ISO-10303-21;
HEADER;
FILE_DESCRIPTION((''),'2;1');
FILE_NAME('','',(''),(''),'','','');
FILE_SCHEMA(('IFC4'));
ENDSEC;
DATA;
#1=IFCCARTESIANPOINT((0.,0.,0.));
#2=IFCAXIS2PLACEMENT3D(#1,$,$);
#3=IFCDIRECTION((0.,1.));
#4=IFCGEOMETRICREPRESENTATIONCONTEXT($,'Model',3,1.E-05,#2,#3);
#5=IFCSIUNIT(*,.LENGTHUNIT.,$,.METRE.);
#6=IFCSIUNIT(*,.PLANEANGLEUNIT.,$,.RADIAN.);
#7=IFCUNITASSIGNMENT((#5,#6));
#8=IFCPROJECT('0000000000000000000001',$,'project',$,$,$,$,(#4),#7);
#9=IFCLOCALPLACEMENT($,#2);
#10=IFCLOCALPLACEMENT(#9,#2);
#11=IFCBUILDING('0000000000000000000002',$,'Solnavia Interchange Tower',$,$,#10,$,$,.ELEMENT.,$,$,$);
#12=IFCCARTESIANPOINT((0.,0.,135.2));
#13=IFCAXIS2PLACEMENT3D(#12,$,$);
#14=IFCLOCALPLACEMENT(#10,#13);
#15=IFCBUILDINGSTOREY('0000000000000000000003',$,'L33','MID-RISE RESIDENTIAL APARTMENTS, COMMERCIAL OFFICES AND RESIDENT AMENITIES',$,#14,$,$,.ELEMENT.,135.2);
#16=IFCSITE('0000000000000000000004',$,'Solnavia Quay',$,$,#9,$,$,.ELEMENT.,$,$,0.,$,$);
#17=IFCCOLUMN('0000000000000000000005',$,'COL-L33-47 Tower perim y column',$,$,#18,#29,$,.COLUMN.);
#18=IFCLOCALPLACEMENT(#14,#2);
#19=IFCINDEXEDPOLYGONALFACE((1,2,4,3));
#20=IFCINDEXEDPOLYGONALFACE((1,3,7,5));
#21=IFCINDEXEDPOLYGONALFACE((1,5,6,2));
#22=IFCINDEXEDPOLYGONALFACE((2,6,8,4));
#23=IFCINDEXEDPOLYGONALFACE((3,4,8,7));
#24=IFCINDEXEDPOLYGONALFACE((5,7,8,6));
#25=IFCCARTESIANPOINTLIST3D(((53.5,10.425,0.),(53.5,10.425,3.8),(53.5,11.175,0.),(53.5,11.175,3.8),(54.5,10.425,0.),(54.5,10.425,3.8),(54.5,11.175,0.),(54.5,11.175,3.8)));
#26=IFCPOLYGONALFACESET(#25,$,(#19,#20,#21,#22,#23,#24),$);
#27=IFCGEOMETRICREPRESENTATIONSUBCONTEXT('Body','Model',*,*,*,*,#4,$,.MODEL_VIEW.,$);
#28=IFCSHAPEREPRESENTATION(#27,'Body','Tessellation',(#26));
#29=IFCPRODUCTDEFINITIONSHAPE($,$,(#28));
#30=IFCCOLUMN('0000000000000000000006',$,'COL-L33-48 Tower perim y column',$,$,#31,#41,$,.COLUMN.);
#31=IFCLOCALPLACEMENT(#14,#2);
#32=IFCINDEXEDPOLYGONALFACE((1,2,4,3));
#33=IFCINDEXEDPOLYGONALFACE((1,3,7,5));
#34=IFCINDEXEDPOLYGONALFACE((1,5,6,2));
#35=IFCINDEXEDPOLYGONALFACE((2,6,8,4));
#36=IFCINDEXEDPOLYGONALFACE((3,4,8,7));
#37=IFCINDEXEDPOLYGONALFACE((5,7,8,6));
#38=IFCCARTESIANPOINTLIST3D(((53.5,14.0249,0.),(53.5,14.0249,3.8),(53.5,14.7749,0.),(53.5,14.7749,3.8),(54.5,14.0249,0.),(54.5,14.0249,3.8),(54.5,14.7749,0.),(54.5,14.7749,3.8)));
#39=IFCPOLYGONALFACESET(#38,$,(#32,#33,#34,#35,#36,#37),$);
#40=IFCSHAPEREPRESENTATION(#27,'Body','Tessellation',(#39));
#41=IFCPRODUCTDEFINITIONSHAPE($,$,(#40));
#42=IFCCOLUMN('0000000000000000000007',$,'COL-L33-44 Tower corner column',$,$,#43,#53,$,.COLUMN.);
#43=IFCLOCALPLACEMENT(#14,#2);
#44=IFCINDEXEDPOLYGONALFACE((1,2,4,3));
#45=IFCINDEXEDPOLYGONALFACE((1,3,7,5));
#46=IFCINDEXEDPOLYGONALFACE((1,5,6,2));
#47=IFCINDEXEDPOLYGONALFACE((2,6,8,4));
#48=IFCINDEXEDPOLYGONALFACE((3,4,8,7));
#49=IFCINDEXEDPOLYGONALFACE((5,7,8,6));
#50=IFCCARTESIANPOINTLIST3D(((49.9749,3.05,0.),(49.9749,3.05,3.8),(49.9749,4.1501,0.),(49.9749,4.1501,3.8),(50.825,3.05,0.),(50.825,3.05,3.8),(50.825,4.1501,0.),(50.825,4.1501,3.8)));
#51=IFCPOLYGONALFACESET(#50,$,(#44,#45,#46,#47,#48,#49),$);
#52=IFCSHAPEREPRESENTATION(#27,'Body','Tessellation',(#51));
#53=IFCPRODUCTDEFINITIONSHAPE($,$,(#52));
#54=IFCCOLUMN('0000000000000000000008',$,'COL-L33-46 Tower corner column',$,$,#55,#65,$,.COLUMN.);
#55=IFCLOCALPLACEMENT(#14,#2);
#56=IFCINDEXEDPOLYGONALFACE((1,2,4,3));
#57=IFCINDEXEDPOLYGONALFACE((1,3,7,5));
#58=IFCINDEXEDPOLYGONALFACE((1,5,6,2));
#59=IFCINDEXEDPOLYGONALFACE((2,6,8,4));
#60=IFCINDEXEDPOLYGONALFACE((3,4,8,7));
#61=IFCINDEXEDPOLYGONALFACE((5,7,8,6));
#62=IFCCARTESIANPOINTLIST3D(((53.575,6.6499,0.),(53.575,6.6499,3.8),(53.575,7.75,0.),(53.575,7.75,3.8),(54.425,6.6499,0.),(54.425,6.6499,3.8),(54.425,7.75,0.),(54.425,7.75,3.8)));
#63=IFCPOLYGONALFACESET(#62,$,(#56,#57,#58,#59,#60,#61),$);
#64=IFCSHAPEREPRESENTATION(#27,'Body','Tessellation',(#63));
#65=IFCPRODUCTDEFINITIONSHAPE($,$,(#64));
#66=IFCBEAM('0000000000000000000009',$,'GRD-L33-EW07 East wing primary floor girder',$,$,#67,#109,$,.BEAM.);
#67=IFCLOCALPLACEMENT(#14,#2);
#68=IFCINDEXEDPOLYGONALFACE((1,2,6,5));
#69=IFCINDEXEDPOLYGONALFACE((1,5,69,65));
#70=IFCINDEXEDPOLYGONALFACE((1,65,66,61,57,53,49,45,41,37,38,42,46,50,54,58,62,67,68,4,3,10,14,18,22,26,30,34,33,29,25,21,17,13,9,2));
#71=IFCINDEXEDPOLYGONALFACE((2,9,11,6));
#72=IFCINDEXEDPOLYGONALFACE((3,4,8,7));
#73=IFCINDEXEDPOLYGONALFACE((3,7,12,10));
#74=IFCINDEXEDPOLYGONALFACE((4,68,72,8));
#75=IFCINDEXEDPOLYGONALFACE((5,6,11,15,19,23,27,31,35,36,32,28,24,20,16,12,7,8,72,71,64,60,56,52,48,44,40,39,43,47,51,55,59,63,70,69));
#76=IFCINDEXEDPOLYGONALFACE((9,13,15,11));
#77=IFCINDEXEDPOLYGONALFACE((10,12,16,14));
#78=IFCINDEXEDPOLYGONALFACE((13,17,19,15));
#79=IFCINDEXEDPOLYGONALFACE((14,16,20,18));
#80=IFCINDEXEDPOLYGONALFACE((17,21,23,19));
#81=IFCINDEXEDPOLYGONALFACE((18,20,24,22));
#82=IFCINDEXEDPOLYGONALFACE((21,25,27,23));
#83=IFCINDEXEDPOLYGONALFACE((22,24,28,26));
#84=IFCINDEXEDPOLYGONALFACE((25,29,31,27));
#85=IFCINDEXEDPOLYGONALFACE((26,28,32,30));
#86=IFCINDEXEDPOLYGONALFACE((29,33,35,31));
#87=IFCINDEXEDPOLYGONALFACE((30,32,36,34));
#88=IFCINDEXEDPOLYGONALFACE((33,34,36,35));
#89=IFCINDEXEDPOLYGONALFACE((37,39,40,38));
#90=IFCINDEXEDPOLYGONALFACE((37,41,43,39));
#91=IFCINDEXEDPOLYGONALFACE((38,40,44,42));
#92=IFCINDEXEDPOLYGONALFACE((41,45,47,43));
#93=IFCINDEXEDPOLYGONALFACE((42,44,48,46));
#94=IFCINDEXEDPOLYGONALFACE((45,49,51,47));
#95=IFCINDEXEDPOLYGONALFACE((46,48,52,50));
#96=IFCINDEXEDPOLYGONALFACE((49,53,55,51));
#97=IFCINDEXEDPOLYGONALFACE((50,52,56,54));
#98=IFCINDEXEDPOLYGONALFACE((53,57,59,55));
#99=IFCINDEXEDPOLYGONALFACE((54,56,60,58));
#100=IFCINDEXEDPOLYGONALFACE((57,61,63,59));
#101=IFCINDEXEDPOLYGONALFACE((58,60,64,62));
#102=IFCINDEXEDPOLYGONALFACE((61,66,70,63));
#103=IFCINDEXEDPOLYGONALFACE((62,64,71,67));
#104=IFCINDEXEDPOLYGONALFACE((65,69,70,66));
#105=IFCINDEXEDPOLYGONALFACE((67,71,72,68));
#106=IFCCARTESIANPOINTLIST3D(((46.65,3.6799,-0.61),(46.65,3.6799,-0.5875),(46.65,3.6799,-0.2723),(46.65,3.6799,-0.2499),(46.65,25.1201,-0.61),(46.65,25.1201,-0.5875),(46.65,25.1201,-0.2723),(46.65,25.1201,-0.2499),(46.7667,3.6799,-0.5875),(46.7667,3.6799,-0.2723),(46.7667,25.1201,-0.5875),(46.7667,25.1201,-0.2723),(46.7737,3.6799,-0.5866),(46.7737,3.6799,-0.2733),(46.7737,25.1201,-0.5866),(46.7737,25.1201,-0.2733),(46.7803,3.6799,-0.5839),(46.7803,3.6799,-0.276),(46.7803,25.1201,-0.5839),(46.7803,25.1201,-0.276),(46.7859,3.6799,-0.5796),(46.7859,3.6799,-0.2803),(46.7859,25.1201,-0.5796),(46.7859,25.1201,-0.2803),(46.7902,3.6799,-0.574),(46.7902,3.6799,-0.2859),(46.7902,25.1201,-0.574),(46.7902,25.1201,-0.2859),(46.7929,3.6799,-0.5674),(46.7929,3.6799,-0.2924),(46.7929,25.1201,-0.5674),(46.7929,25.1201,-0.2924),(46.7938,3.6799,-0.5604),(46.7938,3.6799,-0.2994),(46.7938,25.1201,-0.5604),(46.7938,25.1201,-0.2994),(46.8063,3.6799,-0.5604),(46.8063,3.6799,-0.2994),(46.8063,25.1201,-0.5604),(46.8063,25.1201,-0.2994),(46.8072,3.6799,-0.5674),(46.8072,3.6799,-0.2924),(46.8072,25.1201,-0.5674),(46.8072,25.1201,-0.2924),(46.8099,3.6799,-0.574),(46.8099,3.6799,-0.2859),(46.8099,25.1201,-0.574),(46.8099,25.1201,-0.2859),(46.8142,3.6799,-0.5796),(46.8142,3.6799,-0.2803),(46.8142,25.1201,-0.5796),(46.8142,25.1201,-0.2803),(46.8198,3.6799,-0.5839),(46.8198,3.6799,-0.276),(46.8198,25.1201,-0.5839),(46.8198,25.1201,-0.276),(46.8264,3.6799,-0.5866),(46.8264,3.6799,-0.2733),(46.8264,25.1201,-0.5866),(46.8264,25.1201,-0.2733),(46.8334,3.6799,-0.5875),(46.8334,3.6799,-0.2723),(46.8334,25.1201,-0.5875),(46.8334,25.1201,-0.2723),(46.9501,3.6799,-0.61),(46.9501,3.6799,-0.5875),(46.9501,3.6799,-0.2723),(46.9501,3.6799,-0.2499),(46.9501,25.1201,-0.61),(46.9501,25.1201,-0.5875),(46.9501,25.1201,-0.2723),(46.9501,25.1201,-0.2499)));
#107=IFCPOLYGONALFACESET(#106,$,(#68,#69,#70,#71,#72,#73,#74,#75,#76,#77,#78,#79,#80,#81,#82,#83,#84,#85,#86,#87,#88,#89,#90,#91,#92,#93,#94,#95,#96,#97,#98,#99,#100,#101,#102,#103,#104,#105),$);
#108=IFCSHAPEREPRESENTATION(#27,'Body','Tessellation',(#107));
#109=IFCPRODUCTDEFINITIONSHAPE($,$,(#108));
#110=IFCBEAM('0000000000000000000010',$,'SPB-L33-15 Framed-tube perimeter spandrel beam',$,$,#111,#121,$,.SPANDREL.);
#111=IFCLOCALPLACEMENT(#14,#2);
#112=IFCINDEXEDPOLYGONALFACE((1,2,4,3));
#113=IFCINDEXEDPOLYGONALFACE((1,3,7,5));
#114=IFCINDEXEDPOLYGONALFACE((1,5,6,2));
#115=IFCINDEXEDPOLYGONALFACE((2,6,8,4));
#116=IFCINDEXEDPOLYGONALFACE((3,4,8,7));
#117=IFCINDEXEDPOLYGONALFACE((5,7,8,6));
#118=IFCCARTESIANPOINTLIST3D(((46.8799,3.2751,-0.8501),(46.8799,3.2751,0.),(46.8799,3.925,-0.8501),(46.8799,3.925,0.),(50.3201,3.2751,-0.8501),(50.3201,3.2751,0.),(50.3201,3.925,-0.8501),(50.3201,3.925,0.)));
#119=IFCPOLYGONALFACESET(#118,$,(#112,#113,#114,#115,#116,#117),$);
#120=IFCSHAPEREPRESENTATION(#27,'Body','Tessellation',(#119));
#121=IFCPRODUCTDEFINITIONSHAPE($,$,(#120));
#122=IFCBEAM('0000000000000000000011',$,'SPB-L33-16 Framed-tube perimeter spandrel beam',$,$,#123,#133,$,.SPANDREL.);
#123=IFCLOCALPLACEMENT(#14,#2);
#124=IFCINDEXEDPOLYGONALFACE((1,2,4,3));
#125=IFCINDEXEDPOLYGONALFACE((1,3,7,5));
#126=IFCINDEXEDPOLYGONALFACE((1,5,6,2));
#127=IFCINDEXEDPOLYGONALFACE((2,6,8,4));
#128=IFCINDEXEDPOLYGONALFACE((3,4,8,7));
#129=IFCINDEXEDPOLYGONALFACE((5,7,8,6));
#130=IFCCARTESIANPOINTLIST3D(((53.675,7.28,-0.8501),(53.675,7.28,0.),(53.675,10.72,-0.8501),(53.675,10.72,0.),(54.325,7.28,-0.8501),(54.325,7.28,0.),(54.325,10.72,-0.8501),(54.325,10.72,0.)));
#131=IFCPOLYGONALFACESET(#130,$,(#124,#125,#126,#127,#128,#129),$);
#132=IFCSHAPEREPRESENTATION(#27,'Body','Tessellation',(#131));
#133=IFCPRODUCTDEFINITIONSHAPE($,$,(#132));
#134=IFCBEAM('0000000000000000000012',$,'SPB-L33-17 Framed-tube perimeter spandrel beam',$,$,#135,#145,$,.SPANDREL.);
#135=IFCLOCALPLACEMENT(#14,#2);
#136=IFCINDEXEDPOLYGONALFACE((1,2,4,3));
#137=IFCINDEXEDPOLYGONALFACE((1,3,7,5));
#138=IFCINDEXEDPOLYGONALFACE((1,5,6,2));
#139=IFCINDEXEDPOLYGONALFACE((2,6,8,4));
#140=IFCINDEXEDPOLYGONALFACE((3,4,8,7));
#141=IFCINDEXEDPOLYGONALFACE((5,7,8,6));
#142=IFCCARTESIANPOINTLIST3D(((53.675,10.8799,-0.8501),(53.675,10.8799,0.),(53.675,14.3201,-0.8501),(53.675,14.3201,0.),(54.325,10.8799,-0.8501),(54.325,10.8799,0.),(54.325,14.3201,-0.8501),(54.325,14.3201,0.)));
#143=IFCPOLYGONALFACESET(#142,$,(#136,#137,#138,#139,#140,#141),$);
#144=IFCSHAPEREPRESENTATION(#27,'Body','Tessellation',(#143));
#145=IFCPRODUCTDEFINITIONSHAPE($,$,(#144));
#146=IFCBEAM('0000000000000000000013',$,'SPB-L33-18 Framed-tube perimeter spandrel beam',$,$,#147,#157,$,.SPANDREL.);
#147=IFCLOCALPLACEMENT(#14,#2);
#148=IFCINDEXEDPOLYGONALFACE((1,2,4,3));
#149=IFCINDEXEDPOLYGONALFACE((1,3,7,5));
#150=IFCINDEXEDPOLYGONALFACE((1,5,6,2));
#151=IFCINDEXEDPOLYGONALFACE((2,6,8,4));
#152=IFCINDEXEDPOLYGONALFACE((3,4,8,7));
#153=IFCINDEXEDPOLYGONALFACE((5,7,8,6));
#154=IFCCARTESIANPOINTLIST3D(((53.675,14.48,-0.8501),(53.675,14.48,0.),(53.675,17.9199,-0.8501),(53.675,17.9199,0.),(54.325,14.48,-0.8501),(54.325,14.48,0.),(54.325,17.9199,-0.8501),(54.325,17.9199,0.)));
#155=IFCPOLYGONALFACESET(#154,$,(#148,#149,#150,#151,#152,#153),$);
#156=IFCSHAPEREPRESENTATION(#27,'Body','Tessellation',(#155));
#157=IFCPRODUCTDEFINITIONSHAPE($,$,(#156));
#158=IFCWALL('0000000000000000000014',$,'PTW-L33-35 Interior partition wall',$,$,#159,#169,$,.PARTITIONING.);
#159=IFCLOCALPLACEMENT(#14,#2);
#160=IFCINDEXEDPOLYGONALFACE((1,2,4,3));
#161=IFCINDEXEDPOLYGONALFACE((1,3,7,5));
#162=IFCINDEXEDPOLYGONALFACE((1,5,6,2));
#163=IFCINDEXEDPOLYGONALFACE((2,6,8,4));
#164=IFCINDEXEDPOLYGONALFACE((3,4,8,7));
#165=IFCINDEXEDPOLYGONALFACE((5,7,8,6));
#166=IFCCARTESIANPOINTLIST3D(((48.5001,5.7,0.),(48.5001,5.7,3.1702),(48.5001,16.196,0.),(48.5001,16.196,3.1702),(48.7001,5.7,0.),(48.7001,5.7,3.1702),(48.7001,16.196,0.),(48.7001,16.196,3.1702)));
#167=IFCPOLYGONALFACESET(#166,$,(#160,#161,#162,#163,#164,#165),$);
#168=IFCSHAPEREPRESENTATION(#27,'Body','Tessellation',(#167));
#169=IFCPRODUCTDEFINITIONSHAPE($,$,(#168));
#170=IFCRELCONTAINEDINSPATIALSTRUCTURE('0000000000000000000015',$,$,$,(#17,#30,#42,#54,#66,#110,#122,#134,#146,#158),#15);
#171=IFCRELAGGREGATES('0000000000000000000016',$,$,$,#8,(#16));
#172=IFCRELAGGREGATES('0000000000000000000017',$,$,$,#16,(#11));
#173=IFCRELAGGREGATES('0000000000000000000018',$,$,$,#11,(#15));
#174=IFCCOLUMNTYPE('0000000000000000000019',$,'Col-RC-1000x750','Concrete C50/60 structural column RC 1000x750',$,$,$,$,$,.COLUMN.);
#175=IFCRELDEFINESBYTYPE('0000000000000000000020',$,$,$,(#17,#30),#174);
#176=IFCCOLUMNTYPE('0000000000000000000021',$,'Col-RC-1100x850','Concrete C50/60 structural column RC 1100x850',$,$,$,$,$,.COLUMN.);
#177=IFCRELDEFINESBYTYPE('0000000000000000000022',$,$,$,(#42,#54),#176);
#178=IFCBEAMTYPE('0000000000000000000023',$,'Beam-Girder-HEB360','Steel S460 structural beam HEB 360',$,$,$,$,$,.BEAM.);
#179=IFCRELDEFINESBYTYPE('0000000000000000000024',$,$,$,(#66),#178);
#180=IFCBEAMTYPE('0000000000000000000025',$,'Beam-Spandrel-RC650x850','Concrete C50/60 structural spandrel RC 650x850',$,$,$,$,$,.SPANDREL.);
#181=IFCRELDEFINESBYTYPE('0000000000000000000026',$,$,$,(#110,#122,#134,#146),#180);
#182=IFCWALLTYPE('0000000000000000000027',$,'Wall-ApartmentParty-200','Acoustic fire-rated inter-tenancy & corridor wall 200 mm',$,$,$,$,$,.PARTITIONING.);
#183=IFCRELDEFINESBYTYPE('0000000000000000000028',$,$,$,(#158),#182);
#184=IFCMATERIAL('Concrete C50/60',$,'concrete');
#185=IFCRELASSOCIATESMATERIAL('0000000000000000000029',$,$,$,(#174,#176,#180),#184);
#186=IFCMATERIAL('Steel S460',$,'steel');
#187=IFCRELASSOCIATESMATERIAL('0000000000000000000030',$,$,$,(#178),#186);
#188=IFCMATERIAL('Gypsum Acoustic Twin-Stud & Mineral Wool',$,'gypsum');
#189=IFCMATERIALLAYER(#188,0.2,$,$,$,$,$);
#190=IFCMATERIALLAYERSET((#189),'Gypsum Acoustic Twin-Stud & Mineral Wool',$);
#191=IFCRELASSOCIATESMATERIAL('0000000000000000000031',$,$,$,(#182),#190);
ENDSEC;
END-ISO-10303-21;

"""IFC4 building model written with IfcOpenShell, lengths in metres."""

from ifc_helpers import new_model, si_unit, direction, frame, frame_2d, origin, origin_2d, place, context, subcontext, project, spatial, rectangle, i_section, extrude, material, layer, layer_set, material_profile, profile_set, type_object, element, save


model = new_model("IFC4")

# Units and contexts
model_context = context("Model", 3, precision=1e-05, world=origin(), true_north=direction((0.0, 1.0)))
body_context = subcontext(model_context, "Body", "Model", "MODEL_VIEW")
ifc_project = project(units=[si_unit("LENGTHUNIT", "METRE"), si_unit("PLANEANGLEUNIT", "RADIAN")], contexts=[model_context])

# Site, building, storey
site_placement = place(None, origin())
site = spatial("IfcSite", under=ifc_project, at=site_placement, Name="Solnavia Quay", CompositionType="ELEMENT", RefElevation=0.0)
building_placement = place(site_placement, origin())
building = spatial("IfcBuilding", under=site, at=building_placement, Name="Solnavia Interchange Tower", CompositionType="ELEMENT")
storey_placement = place(building_placement, frame((0.0, 0.0, 135.2)))
storey = spatial("IfcBuildingStorey", under=building, at=storey_placement, Name="L33", Description="MID-RISE RESIDENTIAL APARTMENTS, COMMERCIAL OFFICES AND RESIDENT AMENITIES", CompositionType="ELEMENT", Elevation=135.2)

# Columns
ifc_material_1 = material(Name="Concrete C50/60", Category="concrete")
ifc_material_profile_1 = material_profile(ifc_material_1, rectangle(XDim=0.75, YDim=1.0, at=origin_2d()), Name="RC 1000x750")
ifc_profile_set_1 = profile_set([ifc_material_profile_1], Name="Concrete C50/60")
column_type_1 = type_object("IfcColumnType", Name="Col-RC-1000x750", Description="Concrete C50/60 structural column RC 1000x750", PredefinedType="COLUMN", material=ifc_profile_set_1)
for number, where, z_axis, x_axis, name in (
    (1, (54.0, 10.8, 0.0), (0.0, 0.0, 1.0), (0.0, 1.0, 0.0), "COL-L33-47 Tower perim y column"),
    (2, (54.0, 14.3999, 0.0), (0.0, 0.0, 1.0), (0.0, 1.0, 0.0), "COL-L33-48 Tower perim y column"),
):
    element("IfcColumn", number, at=place(storey_placement, frame(where, z_axis=z_axis, x_axis=x_axis)), inside=storey, type_object=column_type_1, Name=name, PredefinedType="COLUMN", context=body_context, shape_type="SweptSolid", body=[
        extrude(rectangle(XDim=0.75, YDim=1.0, at=origin_2d()), origin(), (0.0, 0.0, 1.0), 3.8),
    ])
ifc_material_profile_2 = material_profile(ifc_material_1, rectangle(XDim=0.8501, YDim=1.1001, at=origin_2d()), Name="RC 1100x850")
ifc_profile_set_2 = profile_set([ifc_material_profile_2], Name="Concrete C50/60")
column_type_2 = type_object("IfcColumnType", Name="Col-RC-1100x850", Description="Concrete C50/60 structural column RC 1100x850", PredefinedType="COLUMN", material=ifc_profile_set_2)
for number, where, z_axis, x_axis, name in (
    (3, (50.3999, 3.6001, 0.0), (0.0, 0.0, 1.0), (1.0, 0.0, 0.0), "COL-L33-44 Tower corner column"),
    (4, (54.0, 7.2, 0.0), (0.0, 0.0, 1.0), (1.0, 0.0, 0.0), "COL-L33-46 Tower corner column"),
):
    element("IfcColumn", number, at=place(storey_placement, frame(where, z_axis=z_axis, x_axis=x_axis)), inside=storey, type_object=column_type_2, Name=name, PredefinedType="COLUMN", context=body_context, shape_type="SweptSolid", body=[
        extrude(rectangle(XDim=0.8501, YDim=1.1001, at=origin_2d()), origin(), (0.0, 0.0, 1.0), 3.8),
    ])

# Beams
ifc_material_2 = material(Name="Steel S460", Category="steel")
ifc_material_profile_3 = material_profile(ifc_material_2, i_section(OverallWidth=0.3, OverallDepth=0.3601, WebThickness=0.0125, FlangeThickness=0.0225, FilletRadius=0.0271, at=origin_2d()), Name="HEB 360")
ifc_profile_set_3 = profile_set([ifc_material_profile_3], Name="Steel S460")
beam_type_1 = type_object("IfcBeamType", Name="Beam-Girder-HEB360", Description="Steel S460 structural beam HEB 360", PredefinedType="BEAM", material=ifc_profile_set_3)
beam_1_placement = place(storey_placement, frame((46.8, 3.6799, -0.4299), z_axis=(0.0, 1.0, 0.0), x_axis=(-1.0, 0.0, 0.0)))
element("IfcBeam", 5, at=beam_1_placement, inside=storey, type_object=beam_type_1, Name="GRD-L33-EW07 East wing primary floor girder", PredefinedType="BEAM", context=body_context, shape_type="SweptSolid", body=[
    extrude(i_section(OverallWidth=0.3, OverallDepth=0.3601, WebThickness=0.0125, FlangeThickness=0.0225, FilletRadius=0.0271, at=origin_2d()), origin(), (0.0, 0.0, 1.0), 21.4402),
])
ifc_material_profile_4 = material_profile(ifc_material_1, rectangle(XDim=0.6499, YDim=0.8501, at=origin_2d()), Name="RC 650x850")
ifc_profile_set_4 = profile_set([ifc_material_profile_4], Name="Concrete C50/60")
beam_type_2 = type_object("IfcBeamType", Name="Beam-Spandrel-RC650x850", Description="Concrete C50/60 structural spandrel RC 650x850", PredefinedType="SPANDREL", material=ifc_profile_set_4)
beam_2_placement = place(storey_placement, frame((46.8799, 3.6001, -0.425), z_axis=(1.0, 0.0, 0.0), x_axis=(0.0, 1.0, 0.0)))
element("IfcBeam", 6, at=beam_2_placement, inside=storey, type_object=beam_type_2, Name="SPB-L33-15 Framed-tube perimeter spandrel beam", PredefinedType="SPANDREL", context=body_context, shape_type="SweptSolid", body=[
    extrude(rectangle(XDim=0.6499, YDim=0.8501, at=origin_2d()), origin(), (0.0, 0.0, 1.0), 3.4402),
])
beam_3_placement = place(storey_placement, frame((54.0, 7.28, -0.425), z_axis=(0.0, 1.0, 0.0), x_axis=(-1.0, 0.0, 0.0)))
element("IfcBeam", 7, at=beam_3_placement, inside=storey, type_object=beam_type_2, Name="SPB-L33-16 Framed-tube perimeter spandrel beam", PredefinedType="SPANDREL", context=body_context, shape_type="SweptSolid", body=[
    extrude(rectangle(XDim=0.6499, YDim=0.8501, at=origin_2d()), origin(), (0.0, 0.0, 1.0), 3.4399),
])
beam_4_placement = place(storey_placement, frame((54.0, 10.8799, -0.425), z_axis=(0.0, 1.0, 0.0), x_axis=(-1.0, 0.0, 0.0)))
element("IfcBeam", 8, at=beam_4_placement, inside=storey, type_object=beam_type_2, Name="SPB-L33-17 Framed-tube perimeter spandrel beam", PredefinedType="SPANDREL", context=body_context, shape_type="SweptSolid", body=[
    extrude(rectangle(XDim=0.6499, YDim=0.8501, at=origin_2d()), origin(), (0.0, 0.0, 1.0), 3.4402),
])
beam_5_placement = place(storey_placement, frame((54.0, 14.48, -0.425), z_axis=(0.0, 1.0, 0.0), x_axis=(-1.0, 0.0, 0.0)))
element("IfcBeam", 9, at=beam_5_placement, inside=storey, type_object=beam_type_2, Name="SPB-L33-18 Framed-tube perimeter spandrel beam", PredefinedType="SPANDREL", context=body_context, shape_type="SweptSolid", body=[
    extrude(rectangle(XDim=0.6499, YDim=0.8501, at=origin_2d()), origin(), (0.0, 0.0, 1.0), 3.4399),
])

# Wall
ifc_material_3 = material(Name="Gypsum Acoustic Twin-Stud & Mineral Wool", Category="gypsum")
ifc_layer_1 = layer(ifc_material_3, 0.2)
ifc_layer_set_1 = layer_set([ifc_layer_1], Name="Gypsum Acoustic Twin-Stud & Mineral Wool")
wall_type_1 = type_object("IfcWallType", Name="Wall-ApartmentParty-200", Description="Acoustic fire-rated inter-tenancy & corridor wall 200 mm", PredefinedType="PARTITIONING", material=ifc_layer_set_1)
wall_1_placement = place(storey_placement, frame((48.6001, 5.7, 0.0), z_axis=(0.0, 0.0, 1.0), x_axis=(0.0, 1.0, 0.0)))
element("IfcWall", 10, at=wall_1_placement, inside=storey, type_object=wall_type_1, Name="PTW-L33-35 Interior partition wall", PredefinedType="PARTITIONING", context=body_context, shape_type="SweptSolid", body=[
    extrude(rectangle(XDim=10.4961, YDim=0.2, at=frame_2d((5.248, 0.0))), origin(), (0.0, 0.0, 1.0), 3.1702),
])

save(model, "model.ifc")
